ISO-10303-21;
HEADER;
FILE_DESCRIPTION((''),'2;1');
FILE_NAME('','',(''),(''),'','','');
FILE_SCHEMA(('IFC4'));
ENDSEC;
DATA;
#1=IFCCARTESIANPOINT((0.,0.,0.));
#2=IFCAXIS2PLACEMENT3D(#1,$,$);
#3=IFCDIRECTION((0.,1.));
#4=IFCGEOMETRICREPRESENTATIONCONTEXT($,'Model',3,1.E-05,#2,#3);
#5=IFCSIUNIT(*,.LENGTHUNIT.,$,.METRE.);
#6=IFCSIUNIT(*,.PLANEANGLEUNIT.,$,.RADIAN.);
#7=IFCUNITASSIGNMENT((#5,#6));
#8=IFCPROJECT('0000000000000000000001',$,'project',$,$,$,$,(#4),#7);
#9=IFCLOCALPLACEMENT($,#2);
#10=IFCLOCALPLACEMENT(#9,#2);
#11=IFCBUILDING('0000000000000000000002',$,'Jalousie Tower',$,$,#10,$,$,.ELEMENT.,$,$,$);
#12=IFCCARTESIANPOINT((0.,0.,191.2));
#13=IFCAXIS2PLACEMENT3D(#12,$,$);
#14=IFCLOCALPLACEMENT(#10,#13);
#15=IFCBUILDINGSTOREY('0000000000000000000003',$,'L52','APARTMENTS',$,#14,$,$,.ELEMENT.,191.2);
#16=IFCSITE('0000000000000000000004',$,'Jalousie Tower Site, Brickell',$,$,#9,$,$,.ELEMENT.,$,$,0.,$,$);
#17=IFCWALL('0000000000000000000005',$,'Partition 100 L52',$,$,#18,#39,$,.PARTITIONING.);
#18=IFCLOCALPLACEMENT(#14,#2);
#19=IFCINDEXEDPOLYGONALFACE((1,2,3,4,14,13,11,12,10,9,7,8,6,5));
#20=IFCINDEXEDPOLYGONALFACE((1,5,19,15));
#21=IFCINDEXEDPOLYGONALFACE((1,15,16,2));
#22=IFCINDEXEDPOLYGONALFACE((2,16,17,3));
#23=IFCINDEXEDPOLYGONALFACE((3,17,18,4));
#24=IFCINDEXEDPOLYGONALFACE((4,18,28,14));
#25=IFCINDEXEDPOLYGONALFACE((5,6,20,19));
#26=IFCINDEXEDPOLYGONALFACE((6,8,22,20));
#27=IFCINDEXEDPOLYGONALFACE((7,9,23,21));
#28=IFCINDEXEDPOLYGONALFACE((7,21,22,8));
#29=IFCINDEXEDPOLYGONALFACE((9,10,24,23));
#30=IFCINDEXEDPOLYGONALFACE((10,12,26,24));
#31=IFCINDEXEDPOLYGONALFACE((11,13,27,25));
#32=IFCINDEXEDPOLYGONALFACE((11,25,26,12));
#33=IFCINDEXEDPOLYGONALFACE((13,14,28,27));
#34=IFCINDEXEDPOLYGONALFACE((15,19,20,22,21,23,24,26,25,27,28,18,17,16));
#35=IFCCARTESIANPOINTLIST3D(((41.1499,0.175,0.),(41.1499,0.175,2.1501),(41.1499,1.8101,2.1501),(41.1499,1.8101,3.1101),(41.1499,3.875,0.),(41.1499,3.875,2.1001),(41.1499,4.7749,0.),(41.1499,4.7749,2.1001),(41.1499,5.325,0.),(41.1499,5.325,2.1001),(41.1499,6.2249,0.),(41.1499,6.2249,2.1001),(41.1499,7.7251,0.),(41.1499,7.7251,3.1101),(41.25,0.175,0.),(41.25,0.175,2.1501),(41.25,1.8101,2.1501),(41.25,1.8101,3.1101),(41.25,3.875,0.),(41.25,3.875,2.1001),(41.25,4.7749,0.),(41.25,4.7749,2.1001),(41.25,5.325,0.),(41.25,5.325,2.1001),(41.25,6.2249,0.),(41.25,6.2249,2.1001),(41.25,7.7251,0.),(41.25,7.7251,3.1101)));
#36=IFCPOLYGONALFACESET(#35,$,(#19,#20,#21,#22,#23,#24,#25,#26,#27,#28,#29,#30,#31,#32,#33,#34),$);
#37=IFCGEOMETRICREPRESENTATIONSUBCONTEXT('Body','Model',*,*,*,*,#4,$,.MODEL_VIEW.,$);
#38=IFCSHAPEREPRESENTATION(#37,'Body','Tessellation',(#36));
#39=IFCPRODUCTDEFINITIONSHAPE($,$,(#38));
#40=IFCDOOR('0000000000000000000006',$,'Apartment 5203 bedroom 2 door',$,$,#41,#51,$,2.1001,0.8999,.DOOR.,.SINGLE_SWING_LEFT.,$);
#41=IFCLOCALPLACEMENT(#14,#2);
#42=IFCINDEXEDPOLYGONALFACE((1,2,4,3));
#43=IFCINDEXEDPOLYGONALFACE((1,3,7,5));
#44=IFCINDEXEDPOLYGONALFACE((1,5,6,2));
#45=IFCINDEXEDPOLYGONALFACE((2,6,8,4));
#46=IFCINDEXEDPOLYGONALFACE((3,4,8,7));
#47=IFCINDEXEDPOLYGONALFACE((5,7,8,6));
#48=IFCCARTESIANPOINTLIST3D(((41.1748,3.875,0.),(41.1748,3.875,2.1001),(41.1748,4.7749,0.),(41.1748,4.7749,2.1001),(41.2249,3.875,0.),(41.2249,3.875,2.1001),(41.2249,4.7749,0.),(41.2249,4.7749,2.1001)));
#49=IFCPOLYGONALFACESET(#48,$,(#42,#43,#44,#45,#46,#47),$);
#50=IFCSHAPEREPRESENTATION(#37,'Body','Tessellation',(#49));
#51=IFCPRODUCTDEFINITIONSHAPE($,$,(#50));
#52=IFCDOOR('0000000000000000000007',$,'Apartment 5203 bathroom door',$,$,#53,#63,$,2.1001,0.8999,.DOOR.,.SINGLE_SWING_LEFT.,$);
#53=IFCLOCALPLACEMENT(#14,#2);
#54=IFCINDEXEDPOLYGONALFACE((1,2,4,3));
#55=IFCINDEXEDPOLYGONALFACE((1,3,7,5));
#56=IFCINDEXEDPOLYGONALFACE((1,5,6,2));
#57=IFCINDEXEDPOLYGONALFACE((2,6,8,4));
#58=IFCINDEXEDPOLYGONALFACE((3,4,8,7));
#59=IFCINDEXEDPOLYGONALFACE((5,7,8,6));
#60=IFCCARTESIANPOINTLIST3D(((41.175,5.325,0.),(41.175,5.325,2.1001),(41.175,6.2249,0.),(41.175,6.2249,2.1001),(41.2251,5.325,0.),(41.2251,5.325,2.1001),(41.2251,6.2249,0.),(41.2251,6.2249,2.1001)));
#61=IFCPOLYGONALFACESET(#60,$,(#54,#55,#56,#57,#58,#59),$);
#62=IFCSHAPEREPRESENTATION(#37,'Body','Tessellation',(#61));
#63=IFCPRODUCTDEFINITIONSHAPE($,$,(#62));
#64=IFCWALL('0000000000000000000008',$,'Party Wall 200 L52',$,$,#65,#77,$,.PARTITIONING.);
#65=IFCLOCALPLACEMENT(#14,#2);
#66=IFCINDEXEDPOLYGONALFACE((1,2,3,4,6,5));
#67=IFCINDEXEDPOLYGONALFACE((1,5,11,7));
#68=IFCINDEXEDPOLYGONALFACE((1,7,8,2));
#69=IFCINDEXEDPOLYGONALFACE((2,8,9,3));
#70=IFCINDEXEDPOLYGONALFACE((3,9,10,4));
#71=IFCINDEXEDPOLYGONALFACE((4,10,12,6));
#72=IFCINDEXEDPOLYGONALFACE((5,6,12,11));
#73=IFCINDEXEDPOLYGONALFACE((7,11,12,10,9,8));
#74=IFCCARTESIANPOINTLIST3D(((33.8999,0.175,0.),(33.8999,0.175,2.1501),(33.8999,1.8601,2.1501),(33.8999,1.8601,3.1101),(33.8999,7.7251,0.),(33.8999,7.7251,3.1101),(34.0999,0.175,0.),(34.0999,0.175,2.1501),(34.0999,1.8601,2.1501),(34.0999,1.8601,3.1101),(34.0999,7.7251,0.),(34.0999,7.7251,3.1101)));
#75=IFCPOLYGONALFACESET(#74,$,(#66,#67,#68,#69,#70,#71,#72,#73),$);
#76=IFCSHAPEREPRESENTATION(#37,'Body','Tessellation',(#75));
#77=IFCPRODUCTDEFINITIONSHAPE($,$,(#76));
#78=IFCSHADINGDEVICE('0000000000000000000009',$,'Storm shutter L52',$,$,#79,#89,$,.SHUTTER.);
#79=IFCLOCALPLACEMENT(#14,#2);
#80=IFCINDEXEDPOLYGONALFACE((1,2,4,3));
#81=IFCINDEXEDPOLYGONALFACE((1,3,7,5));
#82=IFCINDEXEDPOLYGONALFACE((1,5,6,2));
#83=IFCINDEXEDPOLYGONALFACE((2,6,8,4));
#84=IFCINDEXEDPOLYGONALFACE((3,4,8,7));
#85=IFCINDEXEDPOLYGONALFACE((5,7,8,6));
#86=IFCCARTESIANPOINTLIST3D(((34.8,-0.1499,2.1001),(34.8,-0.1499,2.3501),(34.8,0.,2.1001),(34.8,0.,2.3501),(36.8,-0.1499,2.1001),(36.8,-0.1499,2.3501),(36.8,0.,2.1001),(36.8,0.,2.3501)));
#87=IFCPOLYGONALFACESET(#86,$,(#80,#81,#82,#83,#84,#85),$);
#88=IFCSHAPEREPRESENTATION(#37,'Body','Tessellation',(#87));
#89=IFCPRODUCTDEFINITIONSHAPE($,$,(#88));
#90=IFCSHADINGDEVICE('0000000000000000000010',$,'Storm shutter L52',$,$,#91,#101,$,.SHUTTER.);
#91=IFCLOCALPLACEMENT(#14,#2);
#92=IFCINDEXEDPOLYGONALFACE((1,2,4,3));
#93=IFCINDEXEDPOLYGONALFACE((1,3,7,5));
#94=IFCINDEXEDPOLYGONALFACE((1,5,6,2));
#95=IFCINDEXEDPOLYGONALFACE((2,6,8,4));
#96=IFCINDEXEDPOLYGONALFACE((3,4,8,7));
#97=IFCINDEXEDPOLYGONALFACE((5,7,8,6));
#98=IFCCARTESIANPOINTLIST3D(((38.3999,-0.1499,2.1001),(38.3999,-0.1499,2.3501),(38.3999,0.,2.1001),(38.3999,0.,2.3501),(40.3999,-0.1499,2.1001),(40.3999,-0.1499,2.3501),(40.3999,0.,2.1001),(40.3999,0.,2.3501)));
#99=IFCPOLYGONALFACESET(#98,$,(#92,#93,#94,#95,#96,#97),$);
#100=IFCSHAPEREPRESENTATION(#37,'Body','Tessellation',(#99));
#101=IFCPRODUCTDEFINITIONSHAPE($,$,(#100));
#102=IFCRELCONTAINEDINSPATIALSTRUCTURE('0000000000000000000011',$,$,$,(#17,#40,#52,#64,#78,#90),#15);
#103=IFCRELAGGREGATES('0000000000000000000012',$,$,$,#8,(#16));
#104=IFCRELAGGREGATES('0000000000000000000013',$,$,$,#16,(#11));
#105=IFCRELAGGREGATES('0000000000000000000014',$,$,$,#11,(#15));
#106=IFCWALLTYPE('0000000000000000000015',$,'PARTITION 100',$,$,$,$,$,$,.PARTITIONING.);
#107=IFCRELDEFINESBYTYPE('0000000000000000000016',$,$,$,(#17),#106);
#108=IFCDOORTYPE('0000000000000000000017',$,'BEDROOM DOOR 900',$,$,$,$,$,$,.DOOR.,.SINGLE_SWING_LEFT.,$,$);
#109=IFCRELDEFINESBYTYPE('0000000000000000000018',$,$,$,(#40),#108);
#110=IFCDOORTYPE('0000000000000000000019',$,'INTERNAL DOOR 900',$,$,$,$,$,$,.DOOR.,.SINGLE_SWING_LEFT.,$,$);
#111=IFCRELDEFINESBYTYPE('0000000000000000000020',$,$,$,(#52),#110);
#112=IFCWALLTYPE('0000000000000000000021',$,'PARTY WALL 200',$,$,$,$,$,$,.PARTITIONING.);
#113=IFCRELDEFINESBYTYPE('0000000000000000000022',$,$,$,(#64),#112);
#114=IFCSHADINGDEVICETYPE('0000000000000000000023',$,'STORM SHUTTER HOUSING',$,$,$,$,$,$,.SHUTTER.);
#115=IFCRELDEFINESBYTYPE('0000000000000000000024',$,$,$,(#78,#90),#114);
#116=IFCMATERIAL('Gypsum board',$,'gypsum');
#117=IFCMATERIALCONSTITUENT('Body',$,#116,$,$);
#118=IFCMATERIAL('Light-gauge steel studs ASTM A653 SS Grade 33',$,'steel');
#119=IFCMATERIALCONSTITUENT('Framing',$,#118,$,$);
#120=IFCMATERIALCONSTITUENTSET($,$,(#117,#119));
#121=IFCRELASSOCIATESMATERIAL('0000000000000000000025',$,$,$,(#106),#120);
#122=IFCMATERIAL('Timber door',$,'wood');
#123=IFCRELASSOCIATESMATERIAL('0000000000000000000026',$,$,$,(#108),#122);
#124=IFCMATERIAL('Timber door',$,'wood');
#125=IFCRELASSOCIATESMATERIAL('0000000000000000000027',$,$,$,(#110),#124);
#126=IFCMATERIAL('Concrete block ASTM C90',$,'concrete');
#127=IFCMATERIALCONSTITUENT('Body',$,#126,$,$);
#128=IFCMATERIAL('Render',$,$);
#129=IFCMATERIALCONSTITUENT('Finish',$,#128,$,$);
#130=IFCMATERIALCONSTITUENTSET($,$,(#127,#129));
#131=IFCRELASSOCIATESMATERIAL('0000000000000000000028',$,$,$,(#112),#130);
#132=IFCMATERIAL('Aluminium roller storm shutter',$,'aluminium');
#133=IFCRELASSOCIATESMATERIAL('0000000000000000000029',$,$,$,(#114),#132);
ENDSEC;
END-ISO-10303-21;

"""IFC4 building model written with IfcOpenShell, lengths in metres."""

from ifc_helpers import new_model, si_unit, direction, frame, frame_2d, origin, origin_2d, place, context, subcontext, project, spatial, polyline, rectangle, outline, extrude, material, constituent, constituent_set, type_object, element, fill, save


model = new_model("IFC4")

# Units and contexts
model_context = context("Model", 3, precision=1e-05, world=origin(), true_north=direction((0.0, 1.0)))
body_context = subcontext(model_context, "Body", "Model", "MODEL_VIEW")
ifc_project = project(units=[si_unit("LENGTHUNIT", "METRE"), si_unit("PLANEANGLEUNIT", "RADIAN")], contexts=[model_context])

# Site, building, storey
site_placement = place(None, origin())
site = spatial("IfcSite", under=ifc_project, at=site_placement, Name="Jalousie Tower Site, Brickell", CompositionType="ELEMENT", RefElevation=0.0)
building_placement = place(site_placement, origin())
building = spatial("IfcBuilding", under=site, at=building_placement, Name="Jalousie Tower", CompositionType="ELEMENT")
storey_placement = place(building_placement, frame((0.0, 0.0, 191.2)))
storey = spatial("IfcBuildingStorey", under=building, at=storey_placement, Name="L52", Description="APARTMENTS", CompositionType="ELEMENT", Elevation=191.2)

# Shared definitions
ifc_material_1 = material(Name="Gypsum board", Category="gypsum")
ifc_constituent_1 = constituent(ifc_material_1, Name="Body")
ifc_material_2 = material(Name="Light-gauge steel studs ASTM A653 SS Grade 33", Category="steel")
ifc_constituent_2 = constituent(ifc_material_2, Name="Framing")
ifc_constituent_set_1 = constituent_set(constituents=[ifc_constituent_1, ifc_constituent_2])
wall_type_1 = type_object("IfcWallType", Name="PARTITION 100", PredefinedType="PARTITIONING", material=ifc_constituent_set_1)
ifc_material_3 = material(Name="Timber door", Category="wood")
door_type_1 = type_object("IfcDoorType", Name="BEDROOM DOOR 900", OperationType="SINGLE_SWING_LEFT", PredefinedType="DOOR", material=ifc_material_3)

# Wall, openings, doors
wall_1_placement = place(storey_placement, frame((41.2, 0.175, 0.0), z_axis=(0.0, 0.0, 1.0), x_axis=(0.0, 1.0, 0.0)))
wall_1 = element("IfcWall", 1, at=wall_1_placement, inside=storey, type_object=wall_type_1, Name="Partition 100 L52", PredefinedType="PARTITIONING", context=body_context, shape_type="SweptSolid", body=[
    extrude(outline(polyline([(0.0, 0.0), (7.55, 0.0), (7.55, 3.1101), (1.635, 3.1101), (1.635, 2.1501), (0.0, 2.1501), (0.0, 3.1101), (0.0, 0.0)])), frame((0.0, 0.05, 0.0), z_axis=(0.0, -1.0, 0.0), x_axis=(1.0, 0.0, 0.0)), (0.0, 0.0, 1.0), 0.1001),
])
opening_1_placement = place(wall_1_placement, frame((3.7, 0.0, 0.0)))
opening_1 = element("IfcOpeningElement", 2, at=opening_1_placement, cuts=wall_1, PredefinedType="OPENING", context=body_context, shape_type="SweptSolid", body=[
    extrude(rectangle(XDim=0.8999, YDim=2.1001, at=frame_2d((0.45, 1.05))), frame((0.0, 0.0601, 0.0), z_axis=(0.0, -1.0, 0.0), x_axis=(1.0, 0.0, 0.0)), (0.0, 0.0, 1.0), 0.1201),
])
opening_2_placement = place(wall_1_placement, frame((5.1499, 0.0, 0.0)))
opening_2 = element("IfcOpeningElement", 3, at=opening_2_placement, cuts=wall_1, PredefinedType="OPENING", context=body_context, shape_type="SweptSolid", body=[
    extrude(rectangle(XDim=0.8999, YDim=2.1001, at=frame_2d((0.45, 1.05))), frame((0.0, 0.0601, 0.0), z_axis=(0.0, -1.0, 0.0), x_axis=(1.0, 0.0, 0.0)), (0.0, 0.0, 1.0), 0.1201),
])
door_1_placement = place(opening_1_placement, frame((0.8999, 0.0, 0.0), z_axis=(0.0, 0.0, 1.0), x_axis=(-1.0, 0.0, 0.0)))
door_1 = element("IfcDoor", 4, at=door_1_placement, inside=storey, type_object=door_type_1, Name="Apartment 5203 bedroom 2 door", OperationType="SINGLE_SWING_LEFT", OverallHeight=2.1001, OverallWidth=0.8999, PredefinedType="DOOR", context=body_context, shape_type="SweptSolid", body=[
    extrude(rectangle(XDim=0.8999, YDim=2.1001, at=frame_2d((0.45, 1.05))), frame((0.0, 0.0249, 0.0), z_axis=(0.0, -1.0, 0.0), x_axis=(1.0, 0.0, 0.0)), (0.0, 0.0, 1.0), 0.05),
])
fill(opening_1, door_1)
ifc_material_4 = material(Name="Timber door", Category="wood")
door_type_2 = type_object("IfcDoorType", Name="INTERNAL DOOR 900", OperationType="SINGLE_SWING_LEFT", PredefinedType="DOOR", material=ifc_material_4)
door_2_placement = place(opening_2_placement, origin())
door_2 = element("IfcDoor", 5, at=door_2_placement, inside=storey, type_object=door_type_2, Name="Apartment 5203 bathroom door", OperationType="SINGLE_SWING_LEFT", OverallHeight=2.1001, OverallWidth=0.8999, PredefinedType="DOOR", context=body_context, shape_type="SweptSolid", body=[
    extrude(rectangle(XDim=0.8999, YDim=2.1001, at=frame_2d((0.45, 1.05))), frame((0.0, 0.0249, 0.0), z_axis=(0.0, -1.0, 0.0), x_axis=(1.0, 0.0, 0.0)), (0.0, 0.0, 1.0), 0.05),
])
fill(opening_2, door_2)

# Wall
ifc_material_5 = material(Name="Concrete block ASTM C90", Category="concrete")
ifc_constituent_3 = constituent(ifc_material_5, Name="Body")
ifc_material_6 = material(Name="Render")
ifc_constituent_4 = constituent(ifc_material_6, Name="Finish")
ifc_constituent_set_2 = constituent_set(constituents=[ifc_constituent_3, ifc_constituent_4])
wall_type_2 = type_object("IfcWallType", Name="PARTY WALL 200", PredefinedType="PARTITIONING", material=ifc_constituent_set_2)
wall_2_placement = place(storey_placement, frame((34.0, 0.175, 0.0), z_axis=(0.0, 0.0, 1.0), x_axis=(0.0, 1.0, 0.0)))
element("IfcWall", 6, at=wall_2_placement, inside=storey, type_object=wall_type_2, Name="Party Wall 200 L52", PredefinedType="PARTITIONING", context=body_context, shape_type="SweptSolid", body=[
    extrude(outline(polyline([(0.0, 0.0), (7.55, 0.0), (7.55, 3.1101), (1.6851, 3.1101), (1.6851, 2.1501), (0.0, 2.1501), (0.0, 3.1101), (0.0, 0.0)])), frame((0.0, 0.1001, 0.0), z_axis=(0.0, -1.0, 0.0), x_axis=(1.0, 0.0, 0.0)), (0.0, 0.0, 1.0), 0.2),
])

# Shading devices
ifc_material_7 = material(Name="Aluminium roller storm shutter", Category="aluminium")
shading_device_type = type_object("IfcShadingDeviceType", Name="STORM SHUTTER HOUSING", PredefinedType="SHUTTER", material=ifc_material_7)
for number, where, z_axis, x_axis, name in (
    (7, (35.8, -0.075, 2.1001), (0.0, 0.0, 1.0), (1.0, 0.0, 0.0), "Storm shutter L52"),
    (8, (39.3999, -0.075, 2.1001), (0.0, 0.0, 1.0), (1.0, 0.0, 0.0), "Storm shutter L52"),
):
    element("IfcShadingDevice", number, at=place(storey_placement, frame(where, z_axis=z_axis, x_axis=x_axis)), inside=storey, type_object=shading_device_type, Name=name, PredefinedType="SHUTTER", context=body_context, shape_type="SweptSolid", body=[
        extrude(rectangle(XDim=2.0, YDim=0.1499, at=origin_2d()), origin(), (0.0, 0.0, 1.0), 0.25),
    ])

save(model, "model.ifc")
